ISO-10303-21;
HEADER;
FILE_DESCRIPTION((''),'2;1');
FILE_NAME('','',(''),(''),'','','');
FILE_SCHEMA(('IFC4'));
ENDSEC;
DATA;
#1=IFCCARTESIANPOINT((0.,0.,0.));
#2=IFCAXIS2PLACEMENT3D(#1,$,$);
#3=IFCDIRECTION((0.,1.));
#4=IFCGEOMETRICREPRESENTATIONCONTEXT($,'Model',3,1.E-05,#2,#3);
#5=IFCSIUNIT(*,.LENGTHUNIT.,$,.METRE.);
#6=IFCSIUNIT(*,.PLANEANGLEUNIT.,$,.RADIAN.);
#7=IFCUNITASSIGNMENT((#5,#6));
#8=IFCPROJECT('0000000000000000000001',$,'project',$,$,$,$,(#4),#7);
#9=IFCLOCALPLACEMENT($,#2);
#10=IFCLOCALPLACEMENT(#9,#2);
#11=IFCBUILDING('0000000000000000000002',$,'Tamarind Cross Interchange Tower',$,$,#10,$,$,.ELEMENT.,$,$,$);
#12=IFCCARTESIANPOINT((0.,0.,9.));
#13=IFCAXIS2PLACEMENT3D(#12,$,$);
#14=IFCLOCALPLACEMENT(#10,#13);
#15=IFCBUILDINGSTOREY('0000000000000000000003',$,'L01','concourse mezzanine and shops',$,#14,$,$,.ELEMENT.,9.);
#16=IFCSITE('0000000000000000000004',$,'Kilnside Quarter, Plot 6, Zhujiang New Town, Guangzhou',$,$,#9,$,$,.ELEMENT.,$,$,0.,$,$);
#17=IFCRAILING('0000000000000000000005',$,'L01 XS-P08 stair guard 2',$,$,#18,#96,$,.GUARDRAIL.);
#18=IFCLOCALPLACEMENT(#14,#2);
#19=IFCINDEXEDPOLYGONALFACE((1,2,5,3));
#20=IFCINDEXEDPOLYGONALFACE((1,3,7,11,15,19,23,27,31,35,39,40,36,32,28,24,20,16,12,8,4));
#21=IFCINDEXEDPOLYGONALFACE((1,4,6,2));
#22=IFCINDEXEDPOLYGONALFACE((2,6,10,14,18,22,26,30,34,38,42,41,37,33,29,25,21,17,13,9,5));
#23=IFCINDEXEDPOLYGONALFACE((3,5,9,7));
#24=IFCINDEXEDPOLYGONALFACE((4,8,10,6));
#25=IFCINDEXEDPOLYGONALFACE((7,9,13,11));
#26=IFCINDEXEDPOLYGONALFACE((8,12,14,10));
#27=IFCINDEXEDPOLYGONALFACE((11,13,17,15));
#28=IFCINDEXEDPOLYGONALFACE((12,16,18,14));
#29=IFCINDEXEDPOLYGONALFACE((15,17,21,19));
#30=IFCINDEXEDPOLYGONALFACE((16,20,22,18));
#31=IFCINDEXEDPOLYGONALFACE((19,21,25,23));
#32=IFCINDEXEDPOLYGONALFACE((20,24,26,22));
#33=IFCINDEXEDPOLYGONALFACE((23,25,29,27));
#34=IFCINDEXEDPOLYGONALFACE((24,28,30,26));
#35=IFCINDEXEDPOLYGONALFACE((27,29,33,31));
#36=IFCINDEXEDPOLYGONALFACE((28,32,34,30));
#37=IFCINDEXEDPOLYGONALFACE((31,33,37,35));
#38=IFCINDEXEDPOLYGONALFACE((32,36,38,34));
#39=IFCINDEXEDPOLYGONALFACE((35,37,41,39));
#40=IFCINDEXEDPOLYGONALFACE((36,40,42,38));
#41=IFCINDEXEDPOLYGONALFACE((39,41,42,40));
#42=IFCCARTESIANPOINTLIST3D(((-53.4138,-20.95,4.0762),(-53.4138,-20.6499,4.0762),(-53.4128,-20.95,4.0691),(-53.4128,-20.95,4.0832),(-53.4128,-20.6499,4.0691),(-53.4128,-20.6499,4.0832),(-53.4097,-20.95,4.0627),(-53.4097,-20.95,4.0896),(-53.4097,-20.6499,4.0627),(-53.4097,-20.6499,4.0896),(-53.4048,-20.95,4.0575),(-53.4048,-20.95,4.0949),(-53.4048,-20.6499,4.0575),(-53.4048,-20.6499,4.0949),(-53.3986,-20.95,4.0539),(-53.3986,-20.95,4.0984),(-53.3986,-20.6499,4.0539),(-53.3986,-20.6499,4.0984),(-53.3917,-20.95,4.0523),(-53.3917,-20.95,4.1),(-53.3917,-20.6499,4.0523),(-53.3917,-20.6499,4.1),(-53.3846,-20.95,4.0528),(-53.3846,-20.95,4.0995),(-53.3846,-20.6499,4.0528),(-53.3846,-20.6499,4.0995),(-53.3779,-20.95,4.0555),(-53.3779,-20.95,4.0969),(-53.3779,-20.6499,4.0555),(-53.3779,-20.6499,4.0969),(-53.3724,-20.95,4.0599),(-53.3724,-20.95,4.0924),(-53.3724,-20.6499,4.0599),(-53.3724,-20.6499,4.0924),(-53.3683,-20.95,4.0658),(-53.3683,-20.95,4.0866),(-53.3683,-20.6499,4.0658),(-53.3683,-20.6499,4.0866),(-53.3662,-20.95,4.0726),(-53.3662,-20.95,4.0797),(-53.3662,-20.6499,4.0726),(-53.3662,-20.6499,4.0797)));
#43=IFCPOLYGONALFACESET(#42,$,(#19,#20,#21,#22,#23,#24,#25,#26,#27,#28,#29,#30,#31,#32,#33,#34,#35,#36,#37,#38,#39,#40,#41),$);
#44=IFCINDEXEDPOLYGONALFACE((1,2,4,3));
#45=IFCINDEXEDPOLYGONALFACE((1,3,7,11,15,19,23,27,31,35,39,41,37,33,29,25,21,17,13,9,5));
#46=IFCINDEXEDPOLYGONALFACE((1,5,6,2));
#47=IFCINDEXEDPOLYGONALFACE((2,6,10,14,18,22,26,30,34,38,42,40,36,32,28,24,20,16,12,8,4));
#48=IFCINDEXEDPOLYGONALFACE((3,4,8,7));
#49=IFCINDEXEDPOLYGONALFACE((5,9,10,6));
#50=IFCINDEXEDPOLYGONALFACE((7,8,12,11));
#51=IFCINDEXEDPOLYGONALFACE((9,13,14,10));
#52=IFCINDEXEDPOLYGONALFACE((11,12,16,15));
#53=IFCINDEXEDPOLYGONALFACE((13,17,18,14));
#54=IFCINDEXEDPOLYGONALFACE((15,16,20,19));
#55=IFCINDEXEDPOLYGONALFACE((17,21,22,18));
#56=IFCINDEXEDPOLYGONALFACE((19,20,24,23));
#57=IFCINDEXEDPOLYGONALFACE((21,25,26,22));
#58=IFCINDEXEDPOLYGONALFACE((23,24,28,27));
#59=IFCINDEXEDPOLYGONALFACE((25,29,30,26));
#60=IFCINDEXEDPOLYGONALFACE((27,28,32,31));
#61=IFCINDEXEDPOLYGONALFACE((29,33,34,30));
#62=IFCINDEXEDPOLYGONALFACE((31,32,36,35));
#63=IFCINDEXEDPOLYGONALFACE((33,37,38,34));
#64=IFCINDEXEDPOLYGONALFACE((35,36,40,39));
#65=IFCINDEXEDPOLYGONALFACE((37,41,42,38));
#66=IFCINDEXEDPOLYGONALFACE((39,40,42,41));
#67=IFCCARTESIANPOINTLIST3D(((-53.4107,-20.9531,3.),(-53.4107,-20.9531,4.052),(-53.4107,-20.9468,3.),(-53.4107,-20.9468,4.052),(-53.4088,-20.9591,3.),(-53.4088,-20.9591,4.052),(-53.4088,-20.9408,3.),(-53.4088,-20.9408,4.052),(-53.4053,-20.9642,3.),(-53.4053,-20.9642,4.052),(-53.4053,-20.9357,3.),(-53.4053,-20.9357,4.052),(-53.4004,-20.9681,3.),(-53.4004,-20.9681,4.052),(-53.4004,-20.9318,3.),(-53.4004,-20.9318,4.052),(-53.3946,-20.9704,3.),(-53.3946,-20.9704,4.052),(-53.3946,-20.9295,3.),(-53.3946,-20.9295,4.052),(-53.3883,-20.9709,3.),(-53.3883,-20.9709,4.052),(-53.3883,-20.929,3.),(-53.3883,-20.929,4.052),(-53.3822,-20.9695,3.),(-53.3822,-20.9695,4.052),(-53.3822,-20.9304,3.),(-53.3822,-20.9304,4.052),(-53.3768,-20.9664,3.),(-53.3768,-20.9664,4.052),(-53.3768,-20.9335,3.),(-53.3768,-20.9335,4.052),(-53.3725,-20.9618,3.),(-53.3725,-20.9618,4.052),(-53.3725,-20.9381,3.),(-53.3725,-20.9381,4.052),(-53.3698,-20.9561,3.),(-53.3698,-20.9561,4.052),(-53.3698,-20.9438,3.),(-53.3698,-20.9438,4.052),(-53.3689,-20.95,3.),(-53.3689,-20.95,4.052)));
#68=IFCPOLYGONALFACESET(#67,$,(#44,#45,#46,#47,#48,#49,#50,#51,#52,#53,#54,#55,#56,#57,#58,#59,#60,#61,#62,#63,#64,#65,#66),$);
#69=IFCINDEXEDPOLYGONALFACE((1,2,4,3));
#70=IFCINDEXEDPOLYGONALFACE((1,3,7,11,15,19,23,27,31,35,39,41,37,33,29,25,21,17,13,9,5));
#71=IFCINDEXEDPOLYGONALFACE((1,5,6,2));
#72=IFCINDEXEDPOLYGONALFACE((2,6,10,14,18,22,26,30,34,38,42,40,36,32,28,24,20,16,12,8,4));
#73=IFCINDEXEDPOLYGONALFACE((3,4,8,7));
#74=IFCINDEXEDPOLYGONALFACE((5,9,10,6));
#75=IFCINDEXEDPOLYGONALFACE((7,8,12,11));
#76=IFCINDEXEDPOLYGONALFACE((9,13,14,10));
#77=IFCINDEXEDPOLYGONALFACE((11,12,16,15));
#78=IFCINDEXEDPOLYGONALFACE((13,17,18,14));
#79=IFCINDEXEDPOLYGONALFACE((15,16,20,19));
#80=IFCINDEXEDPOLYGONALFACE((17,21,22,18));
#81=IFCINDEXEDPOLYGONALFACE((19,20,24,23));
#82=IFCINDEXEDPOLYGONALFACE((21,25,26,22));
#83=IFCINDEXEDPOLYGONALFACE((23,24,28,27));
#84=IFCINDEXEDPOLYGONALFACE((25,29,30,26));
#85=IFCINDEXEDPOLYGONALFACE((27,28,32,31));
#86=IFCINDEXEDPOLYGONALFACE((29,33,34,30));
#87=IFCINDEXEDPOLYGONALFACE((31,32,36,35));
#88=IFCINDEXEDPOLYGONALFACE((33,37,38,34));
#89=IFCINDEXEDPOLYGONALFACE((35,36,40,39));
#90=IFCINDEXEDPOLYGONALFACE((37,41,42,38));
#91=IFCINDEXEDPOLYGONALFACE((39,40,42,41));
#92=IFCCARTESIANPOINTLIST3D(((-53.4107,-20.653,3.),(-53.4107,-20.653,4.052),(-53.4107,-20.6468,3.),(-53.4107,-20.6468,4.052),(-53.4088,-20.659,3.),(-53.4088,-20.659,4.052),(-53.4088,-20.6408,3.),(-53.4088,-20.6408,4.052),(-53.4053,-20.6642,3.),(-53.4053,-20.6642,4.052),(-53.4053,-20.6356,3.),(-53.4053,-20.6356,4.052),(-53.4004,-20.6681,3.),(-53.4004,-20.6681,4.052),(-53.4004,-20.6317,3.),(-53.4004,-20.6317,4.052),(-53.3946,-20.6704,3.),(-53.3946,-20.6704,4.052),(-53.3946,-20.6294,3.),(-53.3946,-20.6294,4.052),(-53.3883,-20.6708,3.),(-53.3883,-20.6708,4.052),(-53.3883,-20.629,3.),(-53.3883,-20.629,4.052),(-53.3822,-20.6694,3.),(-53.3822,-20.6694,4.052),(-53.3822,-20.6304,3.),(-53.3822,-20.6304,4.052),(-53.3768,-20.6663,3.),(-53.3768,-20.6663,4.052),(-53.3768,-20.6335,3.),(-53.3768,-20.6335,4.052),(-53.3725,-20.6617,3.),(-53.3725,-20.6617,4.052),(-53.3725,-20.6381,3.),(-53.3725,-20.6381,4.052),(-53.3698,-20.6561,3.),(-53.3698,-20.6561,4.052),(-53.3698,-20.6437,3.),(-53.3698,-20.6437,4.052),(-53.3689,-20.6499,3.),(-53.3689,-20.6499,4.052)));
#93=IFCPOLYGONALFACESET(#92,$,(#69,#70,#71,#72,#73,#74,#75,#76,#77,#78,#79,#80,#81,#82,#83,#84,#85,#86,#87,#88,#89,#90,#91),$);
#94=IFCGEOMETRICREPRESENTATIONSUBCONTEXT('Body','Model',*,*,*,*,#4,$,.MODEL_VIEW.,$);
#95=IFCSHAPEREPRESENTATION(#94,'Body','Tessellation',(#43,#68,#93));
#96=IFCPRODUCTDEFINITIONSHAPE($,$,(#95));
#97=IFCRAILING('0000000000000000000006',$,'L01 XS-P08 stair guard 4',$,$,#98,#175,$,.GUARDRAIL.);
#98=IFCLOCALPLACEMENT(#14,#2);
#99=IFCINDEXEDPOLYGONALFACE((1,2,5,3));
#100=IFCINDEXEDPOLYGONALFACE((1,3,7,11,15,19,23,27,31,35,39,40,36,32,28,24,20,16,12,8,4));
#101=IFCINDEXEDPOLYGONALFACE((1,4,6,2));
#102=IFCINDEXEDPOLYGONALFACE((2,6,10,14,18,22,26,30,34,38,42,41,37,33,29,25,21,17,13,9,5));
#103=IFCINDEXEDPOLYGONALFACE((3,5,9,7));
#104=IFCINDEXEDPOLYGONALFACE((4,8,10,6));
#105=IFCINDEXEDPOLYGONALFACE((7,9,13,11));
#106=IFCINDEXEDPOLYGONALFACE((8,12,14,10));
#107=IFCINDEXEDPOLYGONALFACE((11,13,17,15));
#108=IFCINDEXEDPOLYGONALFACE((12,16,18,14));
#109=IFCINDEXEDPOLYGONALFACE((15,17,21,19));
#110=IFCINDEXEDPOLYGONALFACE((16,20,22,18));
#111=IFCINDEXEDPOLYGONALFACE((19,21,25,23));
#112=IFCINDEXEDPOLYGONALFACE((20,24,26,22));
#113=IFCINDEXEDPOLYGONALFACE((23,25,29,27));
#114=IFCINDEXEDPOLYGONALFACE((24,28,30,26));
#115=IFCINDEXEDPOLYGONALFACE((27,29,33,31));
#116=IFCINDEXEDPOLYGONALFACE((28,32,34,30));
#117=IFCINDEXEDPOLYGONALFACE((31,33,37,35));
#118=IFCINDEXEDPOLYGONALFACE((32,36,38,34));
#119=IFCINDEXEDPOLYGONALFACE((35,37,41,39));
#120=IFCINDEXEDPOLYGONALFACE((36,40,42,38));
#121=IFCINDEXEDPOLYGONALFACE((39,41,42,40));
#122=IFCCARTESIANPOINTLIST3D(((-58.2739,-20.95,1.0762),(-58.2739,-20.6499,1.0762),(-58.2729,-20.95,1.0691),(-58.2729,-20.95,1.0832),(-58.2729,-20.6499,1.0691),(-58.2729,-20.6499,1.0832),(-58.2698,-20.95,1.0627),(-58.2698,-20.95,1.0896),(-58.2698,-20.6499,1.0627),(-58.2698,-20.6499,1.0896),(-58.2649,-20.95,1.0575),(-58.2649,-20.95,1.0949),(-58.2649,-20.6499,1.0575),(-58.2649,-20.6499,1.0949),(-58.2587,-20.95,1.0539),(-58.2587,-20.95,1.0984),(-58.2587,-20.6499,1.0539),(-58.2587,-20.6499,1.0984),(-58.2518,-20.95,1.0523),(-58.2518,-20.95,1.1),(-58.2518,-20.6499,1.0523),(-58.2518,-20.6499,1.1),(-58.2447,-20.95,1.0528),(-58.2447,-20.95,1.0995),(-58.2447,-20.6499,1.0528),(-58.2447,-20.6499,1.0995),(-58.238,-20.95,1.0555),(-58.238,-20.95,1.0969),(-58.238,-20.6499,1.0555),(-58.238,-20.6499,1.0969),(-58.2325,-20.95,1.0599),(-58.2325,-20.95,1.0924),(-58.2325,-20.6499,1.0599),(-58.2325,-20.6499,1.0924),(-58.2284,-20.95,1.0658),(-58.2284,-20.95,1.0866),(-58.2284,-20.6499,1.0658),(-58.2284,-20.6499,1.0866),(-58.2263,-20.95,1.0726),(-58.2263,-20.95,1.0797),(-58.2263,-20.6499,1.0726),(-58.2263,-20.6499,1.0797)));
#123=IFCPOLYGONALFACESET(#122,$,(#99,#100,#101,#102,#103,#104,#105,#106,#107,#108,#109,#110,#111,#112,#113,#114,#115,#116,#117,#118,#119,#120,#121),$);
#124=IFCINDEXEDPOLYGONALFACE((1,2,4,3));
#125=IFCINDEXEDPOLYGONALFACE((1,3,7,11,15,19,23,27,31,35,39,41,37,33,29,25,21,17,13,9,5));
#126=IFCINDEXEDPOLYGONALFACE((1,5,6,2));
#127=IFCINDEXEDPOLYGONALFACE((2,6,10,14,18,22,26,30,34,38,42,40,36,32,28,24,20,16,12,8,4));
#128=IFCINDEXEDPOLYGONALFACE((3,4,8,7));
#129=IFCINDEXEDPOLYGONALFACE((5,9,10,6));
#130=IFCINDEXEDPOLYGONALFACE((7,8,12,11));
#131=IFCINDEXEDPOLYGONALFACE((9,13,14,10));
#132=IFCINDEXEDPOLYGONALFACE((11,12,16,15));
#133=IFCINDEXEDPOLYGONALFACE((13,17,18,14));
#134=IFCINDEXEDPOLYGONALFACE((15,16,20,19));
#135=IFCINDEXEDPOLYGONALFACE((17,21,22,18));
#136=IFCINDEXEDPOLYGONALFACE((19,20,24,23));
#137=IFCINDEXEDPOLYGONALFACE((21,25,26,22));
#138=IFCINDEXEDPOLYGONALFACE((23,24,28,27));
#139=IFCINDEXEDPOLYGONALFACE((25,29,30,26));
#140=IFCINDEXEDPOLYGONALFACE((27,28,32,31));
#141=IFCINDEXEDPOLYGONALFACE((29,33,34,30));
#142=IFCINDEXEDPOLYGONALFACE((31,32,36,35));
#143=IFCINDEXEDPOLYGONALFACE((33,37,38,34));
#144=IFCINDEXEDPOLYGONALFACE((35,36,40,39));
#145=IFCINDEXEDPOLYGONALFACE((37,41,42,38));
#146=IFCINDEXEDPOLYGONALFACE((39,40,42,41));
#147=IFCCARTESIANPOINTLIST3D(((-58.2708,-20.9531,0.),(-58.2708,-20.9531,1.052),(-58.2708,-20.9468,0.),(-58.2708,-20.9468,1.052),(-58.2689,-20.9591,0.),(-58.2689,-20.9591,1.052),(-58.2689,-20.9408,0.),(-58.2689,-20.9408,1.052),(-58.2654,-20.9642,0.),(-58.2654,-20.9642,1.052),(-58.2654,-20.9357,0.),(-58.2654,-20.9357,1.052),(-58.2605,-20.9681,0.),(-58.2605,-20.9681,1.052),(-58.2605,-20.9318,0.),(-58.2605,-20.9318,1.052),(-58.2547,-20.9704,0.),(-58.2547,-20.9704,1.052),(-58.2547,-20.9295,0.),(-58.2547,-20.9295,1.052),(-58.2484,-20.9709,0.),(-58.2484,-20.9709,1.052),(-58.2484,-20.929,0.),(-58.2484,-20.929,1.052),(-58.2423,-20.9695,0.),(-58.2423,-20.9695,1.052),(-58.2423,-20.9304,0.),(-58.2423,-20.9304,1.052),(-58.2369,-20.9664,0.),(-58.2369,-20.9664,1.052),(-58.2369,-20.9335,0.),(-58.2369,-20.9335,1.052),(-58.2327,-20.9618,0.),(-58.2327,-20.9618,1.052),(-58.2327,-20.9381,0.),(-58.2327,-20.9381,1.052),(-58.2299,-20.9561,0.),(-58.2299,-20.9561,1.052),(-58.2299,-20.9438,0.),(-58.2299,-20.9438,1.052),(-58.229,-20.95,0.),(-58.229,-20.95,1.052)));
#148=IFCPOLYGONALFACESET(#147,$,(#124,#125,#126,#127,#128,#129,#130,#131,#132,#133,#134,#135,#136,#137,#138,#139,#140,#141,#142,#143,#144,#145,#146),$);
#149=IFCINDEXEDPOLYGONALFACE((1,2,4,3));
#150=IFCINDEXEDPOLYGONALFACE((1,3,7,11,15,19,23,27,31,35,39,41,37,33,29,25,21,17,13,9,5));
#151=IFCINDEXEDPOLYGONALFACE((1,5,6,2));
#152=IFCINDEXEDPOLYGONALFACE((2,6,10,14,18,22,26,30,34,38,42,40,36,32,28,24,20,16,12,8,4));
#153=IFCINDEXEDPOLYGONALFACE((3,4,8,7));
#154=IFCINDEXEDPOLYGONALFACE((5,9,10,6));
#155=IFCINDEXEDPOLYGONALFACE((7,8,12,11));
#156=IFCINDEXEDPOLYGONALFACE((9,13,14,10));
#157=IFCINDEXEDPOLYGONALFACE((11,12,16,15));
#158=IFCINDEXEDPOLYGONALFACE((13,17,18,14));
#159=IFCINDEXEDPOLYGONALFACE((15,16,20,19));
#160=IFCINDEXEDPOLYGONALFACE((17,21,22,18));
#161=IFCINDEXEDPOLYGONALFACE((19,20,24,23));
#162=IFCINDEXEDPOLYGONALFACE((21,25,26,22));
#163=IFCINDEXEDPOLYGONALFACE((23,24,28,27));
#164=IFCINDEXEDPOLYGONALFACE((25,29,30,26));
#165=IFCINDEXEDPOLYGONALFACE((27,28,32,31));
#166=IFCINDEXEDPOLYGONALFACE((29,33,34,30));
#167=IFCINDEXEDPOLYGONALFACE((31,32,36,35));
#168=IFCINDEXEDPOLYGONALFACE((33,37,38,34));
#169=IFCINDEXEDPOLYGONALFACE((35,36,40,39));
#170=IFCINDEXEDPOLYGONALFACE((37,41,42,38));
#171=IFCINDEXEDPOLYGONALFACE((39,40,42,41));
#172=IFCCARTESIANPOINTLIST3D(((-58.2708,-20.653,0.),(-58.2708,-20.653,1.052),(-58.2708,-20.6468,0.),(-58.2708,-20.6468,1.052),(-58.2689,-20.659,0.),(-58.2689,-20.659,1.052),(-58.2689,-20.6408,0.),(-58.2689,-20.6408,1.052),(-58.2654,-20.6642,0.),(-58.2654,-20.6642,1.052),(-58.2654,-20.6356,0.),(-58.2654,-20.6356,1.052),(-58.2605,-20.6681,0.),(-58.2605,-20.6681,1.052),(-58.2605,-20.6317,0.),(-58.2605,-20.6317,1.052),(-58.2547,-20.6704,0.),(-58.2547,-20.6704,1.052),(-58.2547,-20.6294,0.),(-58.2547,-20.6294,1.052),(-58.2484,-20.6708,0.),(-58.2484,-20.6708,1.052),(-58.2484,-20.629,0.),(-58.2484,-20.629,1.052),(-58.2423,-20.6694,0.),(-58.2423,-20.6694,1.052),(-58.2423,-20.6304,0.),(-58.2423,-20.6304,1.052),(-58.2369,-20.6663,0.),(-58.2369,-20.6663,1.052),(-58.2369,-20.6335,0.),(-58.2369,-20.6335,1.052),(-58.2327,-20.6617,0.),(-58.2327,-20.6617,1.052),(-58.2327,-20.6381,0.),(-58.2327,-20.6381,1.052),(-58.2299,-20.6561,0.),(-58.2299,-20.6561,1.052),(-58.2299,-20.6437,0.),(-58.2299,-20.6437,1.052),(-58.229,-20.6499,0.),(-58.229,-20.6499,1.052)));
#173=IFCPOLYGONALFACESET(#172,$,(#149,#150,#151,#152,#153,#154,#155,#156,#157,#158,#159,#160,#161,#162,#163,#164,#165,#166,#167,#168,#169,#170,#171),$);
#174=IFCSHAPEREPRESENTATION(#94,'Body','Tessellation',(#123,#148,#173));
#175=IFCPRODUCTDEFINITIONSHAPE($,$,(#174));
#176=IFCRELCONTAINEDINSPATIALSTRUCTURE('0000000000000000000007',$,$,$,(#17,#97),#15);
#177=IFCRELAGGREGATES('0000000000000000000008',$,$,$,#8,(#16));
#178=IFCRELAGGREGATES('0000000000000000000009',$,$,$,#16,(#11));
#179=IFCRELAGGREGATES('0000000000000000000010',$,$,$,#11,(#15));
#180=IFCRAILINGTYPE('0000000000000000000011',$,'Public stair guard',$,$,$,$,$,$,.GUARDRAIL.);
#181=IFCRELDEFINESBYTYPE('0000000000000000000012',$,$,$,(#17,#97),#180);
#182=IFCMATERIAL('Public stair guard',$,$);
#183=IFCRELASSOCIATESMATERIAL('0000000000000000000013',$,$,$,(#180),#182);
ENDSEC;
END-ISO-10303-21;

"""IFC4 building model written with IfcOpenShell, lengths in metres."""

from ifc_helpers import new_model, si_unit, direction, frame, origin, origin_2d, place, context, subcontext, project, spatial, circle, extrude, material, type_object, element, save


model = new_model("IFC4")

# Units and contexts
model_context = context("Model", 3, precision=1e-05, world=origin(), true_north=direction((0.0, 1.0)))
body_context = subcontext(model_context, "Body", "Model", "MODEL_VIEW")
ifc_project = project(units=[si_unit("LENGTHUNIT", "METRE"), si_unit("PLANEANGLEUNIT", "RADIAN")], contexts=[model_context])

# Site, building, storey
site_placement = place(None, origin())
site = spatial("IfcSite", under=ifc_project, at=site_placement, Name="Kilnside Quarter, Plot 6, Zhujiang New Town, Guangzhou", CompositionType="ELEMENT", RefElevation=0.0)
building_placement = place(site_placement, origin())
building = spatial("IfcBuilding", under=site, at=building_placement, Name="Tamarind Cross Interchange Tower", CompositionType="ELEMENT")
storey_placement = place(building_placement, frame((0.0, 0.0, 9.0)))
storey = spatial("IfcBuildingStorey", under=building, at=storey_placement, Name="L01", Description="concourse mezzanine and shops", CompositionType="ELEMENT", Elevation=9.0)

# Railings
ifc_material_1 = material(Name="Public stair guard")
railing_type_1 = type_object("IfcRailingType", Name="Public stair guard", PredefinedType="GUARDRAIL", material=ifc_material_1)
for number, where, name in (
    (1, (-53.3899, -20.95, 3.0), "L01 XS-P08 stair guard 2"),
    (2, (-58.25, -20.95, 0.0), "L01 XS-P08 stair guard 4"),
):
    element("IfcRailing", number, at=place(storey_placement, frame(where)), inside=storey, type_object=railing_type_1, Name=name, PredefinedType="GUARDRAIL", context=body_context, shape_type="SweptSolid", body=[
        extrude(circle(Radius=0.0239, at=origin_2d()), frame((0.0, 0.0, 1.0762), z_axis=(0.0, 1.0, 0.0), x_axis=(-1.0, 0.0, 0.0)), (0.0, 0.0, 1.0), 0.3),
        extrude(circle(Radius=0.021, at=origin_2d()), origin(), (0.0, 0.0, 1.0), 1.052),
        extrude(circle(Radius=0.021, at=origin_2d()), frame((0.0, 0.3, 0.0)), (0.0, 0.0, 1.0), 1.052),
    ])

save(model, "model.ifc")
